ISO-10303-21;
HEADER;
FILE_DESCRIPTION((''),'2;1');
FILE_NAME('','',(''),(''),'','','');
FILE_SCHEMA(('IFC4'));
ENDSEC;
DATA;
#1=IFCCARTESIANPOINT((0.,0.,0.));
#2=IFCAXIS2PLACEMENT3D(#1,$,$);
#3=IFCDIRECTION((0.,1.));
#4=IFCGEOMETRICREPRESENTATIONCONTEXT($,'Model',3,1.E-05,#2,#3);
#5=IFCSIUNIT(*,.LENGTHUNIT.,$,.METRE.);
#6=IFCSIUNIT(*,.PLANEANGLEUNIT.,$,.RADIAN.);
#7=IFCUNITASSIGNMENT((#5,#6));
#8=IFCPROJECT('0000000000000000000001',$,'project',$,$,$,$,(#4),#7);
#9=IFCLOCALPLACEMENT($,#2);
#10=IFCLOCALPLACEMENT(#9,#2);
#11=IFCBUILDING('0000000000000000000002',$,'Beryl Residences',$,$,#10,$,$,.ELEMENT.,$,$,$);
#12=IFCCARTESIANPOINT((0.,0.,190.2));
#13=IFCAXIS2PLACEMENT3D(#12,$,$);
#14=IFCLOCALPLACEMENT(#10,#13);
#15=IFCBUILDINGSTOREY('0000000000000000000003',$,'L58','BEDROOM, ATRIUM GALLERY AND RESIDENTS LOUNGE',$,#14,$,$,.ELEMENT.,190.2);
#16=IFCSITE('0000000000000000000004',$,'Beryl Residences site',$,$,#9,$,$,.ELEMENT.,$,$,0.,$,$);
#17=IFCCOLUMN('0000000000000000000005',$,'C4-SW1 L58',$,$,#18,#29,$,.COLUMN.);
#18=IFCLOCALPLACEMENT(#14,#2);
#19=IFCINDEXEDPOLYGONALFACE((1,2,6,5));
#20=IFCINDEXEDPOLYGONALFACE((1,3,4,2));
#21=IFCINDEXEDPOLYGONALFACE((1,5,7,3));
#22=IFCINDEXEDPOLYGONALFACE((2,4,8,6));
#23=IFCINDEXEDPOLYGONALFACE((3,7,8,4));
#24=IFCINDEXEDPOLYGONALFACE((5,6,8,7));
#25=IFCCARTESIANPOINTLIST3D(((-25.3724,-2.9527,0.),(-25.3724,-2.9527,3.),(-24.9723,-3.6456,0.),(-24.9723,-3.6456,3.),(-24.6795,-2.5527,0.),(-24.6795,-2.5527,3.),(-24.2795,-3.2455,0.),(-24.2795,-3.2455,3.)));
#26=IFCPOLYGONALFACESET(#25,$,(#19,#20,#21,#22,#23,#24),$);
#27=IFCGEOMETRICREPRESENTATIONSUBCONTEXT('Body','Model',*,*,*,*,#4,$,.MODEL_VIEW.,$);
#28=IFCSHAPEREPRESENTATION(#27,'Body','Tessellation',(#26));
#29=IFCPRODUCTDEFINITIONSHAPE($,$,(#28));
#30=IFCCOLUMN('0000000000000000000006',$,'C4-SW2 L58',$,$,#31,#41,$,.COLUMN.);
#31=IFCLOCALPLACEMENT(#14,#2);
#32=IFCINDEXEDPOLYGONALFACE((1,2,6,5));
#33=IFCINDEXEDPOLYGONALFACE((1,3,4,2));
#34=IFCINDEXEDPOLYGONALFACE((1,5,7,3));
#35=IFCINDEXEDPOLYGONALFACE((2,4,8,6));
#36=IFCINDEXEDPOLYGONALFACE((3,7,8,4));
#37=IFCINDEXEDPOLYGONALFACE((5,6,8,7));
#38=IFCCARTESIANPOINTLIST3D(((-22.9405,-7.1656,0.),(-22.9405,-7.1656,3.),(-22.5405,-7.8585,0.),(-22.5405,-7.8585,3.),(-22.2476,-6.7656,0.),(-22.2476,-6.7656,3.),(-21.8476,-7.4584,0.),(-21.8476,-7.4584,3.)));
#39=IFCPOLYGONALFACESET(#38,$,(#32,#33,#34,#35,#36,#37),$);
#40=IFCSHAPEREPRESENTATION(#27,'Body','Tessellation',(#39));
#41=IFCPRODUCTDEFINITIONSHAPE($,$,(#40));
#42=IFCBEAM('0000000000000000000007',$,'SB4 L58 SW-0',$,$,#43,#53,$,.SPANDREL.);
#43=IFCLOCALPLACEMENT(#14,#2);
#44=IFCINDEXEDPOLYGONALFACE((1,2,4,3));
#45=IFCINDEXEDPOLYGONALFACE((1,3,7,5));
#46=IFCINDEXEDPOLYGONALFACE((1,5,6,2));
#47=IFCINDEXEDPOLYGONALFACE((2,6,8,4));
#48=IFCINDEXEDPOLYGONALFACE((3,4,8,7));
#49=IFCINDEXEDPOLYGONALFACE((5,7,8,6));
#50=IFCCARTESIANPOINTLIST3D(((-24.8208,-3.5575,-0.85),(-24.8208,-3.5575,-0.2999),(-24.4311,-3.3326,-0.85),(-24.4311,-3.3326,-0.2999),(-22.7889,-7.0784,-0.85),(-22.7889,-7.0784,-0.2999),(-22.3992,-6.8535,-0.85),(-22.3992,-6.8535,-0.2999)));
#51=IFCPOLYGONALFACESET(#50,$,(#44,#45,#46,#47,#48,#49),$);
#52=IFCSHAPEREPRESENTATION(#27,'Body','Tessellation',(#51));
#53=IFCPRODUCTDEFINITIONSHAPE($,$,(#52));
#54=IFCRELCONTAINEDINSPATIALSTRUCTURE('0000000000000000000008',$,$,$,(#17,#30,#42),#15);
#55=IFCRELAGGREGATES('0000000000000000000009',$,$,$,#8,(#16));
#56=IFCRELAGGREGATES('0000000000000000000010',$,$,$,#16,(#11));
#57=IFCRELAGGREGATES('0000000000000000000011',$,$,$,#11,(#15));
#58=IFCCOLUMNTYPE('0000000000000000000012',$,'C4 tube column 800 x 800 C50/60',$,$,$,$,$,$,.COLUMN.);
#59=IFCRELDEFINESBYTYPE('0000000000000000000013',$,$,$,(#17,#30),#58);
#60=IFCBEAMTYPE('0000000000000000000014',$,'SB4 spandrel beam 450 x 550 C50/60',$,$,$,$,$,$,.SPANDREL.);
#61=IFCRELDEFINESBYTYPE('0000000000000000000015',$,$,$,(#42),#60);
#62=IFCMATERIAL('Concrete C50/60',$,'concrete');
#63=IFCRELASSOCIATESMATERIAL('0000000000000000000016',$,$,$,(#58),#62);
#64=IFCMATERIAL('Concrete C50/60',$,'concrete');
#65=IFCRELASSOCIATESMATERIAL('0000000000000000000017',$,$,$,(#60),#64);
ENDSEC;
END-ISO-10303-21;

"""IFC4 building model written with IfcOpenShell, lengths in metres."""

from ifc_helpers import new_model, si_unit, direction, frame, origin, origin_2d, place, context, subcontext, project, spatial, rectangle, extrude, material, material_profile, profile_set, type_object, element, save


model = new_model("IFC4")

# Units and contexts
model_context = context("Model", 3, precision=1e-05, world=origin(), true_north=direction((0.0, 1.0)))
body_context = subcontext(model_context, "Body", "Model", "MODEL_VIEW")
ifc_project = project(units=[si_unit("LENGTHUNIT", "METRE"), si_unit("PLANEANGLEUNIT", "RADIAN")], contexts=[model_context])

# Site, building, storey
site_placement = place(None, origin())
site = spatial("IfcSite", under=ifc_project, at=site_placement, Name="Beryl Residences site", CompositionType="ELEMENT", RefElevation=0.0)
building_placement = place(site_placement, origin())
building = spatial("IfcBuilding", under=site, at=building_placement, Name="Beryl Residences", CompositionType="ELEMENT")
storey_placement = place(building_placement, frame((0.0, 0.0, 190.2)))
storey = spatial("IfcBuildingStorey", under=building, at=storey_placement, Name="L58", Description="BEDROOM, ATRIUM GALLERY AND RESIDENTS LOUNGE", CompositionType="ELEMENT", Elevation=190.2)

# Columns
ifc_material_1 = material(Name="Concrete C50/60", Category="concrete")
ifc_material_profile_1 = material_profile(ifc_material_1, rectangle(XDim=0.8, YDim=0.8, at=origin_2d()))
ifc_profile_set_1 = profile_set([ifc_material_profile_1], Name="Concrete C50/60")
column_type = type_object("IfcColumnType", Name="C4 tube column 800 x 800 C50/60", PredefinedType="COLUMN", material=ifc_profile_set_1)
for number, where, z_axis, x_axis, name in (
    (1, (-24.8259, -3.0991, 0.0), (0.0, 0.0, 1.0), (0.5, -0.866025, 0.0), "C4-SW1 L58"),
    (2, (-22.394, -7.312, 0.0), (0.0, 0.0, 1.0), (0.5, -0.866025, 0.0), "C4-SW2 L58"),
):
    element("IfcColumn", number, at=place(storey_placement, frame(where, z_axis=z_axis, x_axis=x_axis)), inside=storey, type_object=column_type, Name=name, PredefinedType="COLUMN", context=body_context, shape_type="SweptSolid", body=[
        extrude(rectangle(XDim=0.8, YDim=0.8, at=origin_2d()), origin(), (0.0, 0.0, 1.0), 3.0),
    ])

# Beam
ifc_material_2 = material(Name="Concrete C50/60", Category="concrete")
ifc_material_profile_2 = material_profile(ifc_material_2, rectangle(XDim=0.45, YDim=0.55, at=origin_2d()))
ifc_profile_set_2 = profile_set([ifc_material_profile_2], Name="Concrete C50/60")
beam_type = type_object("IfcBeamType", Name="SB4 spandrel beam 450 x 550 C50/60", PredefinedType="SPANDREL", material=ifc_profile_set_2)
beam_placement = place(storey_placement, frame((-24.626, -3.4451, -0.575), z_axis=(0.49984, -0.866118, 0.0), x_axis=(0.866118, 0.49984, 0.0)))
element("IfcBeam", 3, at=beam_placement, inside=storey, type_object=beam_type, Name="SB4 L58 SW-0", PredefinedType="SPANDREL", context=body_context, shape_type="SweptSolid", body=[
    extrude(rectangle(XDim=0.45, YDim=0.55, at=origin_2d()), origin(), (0.0, 0.0, 1.0), 4.0652),
])

save(model, "model.ifc")
